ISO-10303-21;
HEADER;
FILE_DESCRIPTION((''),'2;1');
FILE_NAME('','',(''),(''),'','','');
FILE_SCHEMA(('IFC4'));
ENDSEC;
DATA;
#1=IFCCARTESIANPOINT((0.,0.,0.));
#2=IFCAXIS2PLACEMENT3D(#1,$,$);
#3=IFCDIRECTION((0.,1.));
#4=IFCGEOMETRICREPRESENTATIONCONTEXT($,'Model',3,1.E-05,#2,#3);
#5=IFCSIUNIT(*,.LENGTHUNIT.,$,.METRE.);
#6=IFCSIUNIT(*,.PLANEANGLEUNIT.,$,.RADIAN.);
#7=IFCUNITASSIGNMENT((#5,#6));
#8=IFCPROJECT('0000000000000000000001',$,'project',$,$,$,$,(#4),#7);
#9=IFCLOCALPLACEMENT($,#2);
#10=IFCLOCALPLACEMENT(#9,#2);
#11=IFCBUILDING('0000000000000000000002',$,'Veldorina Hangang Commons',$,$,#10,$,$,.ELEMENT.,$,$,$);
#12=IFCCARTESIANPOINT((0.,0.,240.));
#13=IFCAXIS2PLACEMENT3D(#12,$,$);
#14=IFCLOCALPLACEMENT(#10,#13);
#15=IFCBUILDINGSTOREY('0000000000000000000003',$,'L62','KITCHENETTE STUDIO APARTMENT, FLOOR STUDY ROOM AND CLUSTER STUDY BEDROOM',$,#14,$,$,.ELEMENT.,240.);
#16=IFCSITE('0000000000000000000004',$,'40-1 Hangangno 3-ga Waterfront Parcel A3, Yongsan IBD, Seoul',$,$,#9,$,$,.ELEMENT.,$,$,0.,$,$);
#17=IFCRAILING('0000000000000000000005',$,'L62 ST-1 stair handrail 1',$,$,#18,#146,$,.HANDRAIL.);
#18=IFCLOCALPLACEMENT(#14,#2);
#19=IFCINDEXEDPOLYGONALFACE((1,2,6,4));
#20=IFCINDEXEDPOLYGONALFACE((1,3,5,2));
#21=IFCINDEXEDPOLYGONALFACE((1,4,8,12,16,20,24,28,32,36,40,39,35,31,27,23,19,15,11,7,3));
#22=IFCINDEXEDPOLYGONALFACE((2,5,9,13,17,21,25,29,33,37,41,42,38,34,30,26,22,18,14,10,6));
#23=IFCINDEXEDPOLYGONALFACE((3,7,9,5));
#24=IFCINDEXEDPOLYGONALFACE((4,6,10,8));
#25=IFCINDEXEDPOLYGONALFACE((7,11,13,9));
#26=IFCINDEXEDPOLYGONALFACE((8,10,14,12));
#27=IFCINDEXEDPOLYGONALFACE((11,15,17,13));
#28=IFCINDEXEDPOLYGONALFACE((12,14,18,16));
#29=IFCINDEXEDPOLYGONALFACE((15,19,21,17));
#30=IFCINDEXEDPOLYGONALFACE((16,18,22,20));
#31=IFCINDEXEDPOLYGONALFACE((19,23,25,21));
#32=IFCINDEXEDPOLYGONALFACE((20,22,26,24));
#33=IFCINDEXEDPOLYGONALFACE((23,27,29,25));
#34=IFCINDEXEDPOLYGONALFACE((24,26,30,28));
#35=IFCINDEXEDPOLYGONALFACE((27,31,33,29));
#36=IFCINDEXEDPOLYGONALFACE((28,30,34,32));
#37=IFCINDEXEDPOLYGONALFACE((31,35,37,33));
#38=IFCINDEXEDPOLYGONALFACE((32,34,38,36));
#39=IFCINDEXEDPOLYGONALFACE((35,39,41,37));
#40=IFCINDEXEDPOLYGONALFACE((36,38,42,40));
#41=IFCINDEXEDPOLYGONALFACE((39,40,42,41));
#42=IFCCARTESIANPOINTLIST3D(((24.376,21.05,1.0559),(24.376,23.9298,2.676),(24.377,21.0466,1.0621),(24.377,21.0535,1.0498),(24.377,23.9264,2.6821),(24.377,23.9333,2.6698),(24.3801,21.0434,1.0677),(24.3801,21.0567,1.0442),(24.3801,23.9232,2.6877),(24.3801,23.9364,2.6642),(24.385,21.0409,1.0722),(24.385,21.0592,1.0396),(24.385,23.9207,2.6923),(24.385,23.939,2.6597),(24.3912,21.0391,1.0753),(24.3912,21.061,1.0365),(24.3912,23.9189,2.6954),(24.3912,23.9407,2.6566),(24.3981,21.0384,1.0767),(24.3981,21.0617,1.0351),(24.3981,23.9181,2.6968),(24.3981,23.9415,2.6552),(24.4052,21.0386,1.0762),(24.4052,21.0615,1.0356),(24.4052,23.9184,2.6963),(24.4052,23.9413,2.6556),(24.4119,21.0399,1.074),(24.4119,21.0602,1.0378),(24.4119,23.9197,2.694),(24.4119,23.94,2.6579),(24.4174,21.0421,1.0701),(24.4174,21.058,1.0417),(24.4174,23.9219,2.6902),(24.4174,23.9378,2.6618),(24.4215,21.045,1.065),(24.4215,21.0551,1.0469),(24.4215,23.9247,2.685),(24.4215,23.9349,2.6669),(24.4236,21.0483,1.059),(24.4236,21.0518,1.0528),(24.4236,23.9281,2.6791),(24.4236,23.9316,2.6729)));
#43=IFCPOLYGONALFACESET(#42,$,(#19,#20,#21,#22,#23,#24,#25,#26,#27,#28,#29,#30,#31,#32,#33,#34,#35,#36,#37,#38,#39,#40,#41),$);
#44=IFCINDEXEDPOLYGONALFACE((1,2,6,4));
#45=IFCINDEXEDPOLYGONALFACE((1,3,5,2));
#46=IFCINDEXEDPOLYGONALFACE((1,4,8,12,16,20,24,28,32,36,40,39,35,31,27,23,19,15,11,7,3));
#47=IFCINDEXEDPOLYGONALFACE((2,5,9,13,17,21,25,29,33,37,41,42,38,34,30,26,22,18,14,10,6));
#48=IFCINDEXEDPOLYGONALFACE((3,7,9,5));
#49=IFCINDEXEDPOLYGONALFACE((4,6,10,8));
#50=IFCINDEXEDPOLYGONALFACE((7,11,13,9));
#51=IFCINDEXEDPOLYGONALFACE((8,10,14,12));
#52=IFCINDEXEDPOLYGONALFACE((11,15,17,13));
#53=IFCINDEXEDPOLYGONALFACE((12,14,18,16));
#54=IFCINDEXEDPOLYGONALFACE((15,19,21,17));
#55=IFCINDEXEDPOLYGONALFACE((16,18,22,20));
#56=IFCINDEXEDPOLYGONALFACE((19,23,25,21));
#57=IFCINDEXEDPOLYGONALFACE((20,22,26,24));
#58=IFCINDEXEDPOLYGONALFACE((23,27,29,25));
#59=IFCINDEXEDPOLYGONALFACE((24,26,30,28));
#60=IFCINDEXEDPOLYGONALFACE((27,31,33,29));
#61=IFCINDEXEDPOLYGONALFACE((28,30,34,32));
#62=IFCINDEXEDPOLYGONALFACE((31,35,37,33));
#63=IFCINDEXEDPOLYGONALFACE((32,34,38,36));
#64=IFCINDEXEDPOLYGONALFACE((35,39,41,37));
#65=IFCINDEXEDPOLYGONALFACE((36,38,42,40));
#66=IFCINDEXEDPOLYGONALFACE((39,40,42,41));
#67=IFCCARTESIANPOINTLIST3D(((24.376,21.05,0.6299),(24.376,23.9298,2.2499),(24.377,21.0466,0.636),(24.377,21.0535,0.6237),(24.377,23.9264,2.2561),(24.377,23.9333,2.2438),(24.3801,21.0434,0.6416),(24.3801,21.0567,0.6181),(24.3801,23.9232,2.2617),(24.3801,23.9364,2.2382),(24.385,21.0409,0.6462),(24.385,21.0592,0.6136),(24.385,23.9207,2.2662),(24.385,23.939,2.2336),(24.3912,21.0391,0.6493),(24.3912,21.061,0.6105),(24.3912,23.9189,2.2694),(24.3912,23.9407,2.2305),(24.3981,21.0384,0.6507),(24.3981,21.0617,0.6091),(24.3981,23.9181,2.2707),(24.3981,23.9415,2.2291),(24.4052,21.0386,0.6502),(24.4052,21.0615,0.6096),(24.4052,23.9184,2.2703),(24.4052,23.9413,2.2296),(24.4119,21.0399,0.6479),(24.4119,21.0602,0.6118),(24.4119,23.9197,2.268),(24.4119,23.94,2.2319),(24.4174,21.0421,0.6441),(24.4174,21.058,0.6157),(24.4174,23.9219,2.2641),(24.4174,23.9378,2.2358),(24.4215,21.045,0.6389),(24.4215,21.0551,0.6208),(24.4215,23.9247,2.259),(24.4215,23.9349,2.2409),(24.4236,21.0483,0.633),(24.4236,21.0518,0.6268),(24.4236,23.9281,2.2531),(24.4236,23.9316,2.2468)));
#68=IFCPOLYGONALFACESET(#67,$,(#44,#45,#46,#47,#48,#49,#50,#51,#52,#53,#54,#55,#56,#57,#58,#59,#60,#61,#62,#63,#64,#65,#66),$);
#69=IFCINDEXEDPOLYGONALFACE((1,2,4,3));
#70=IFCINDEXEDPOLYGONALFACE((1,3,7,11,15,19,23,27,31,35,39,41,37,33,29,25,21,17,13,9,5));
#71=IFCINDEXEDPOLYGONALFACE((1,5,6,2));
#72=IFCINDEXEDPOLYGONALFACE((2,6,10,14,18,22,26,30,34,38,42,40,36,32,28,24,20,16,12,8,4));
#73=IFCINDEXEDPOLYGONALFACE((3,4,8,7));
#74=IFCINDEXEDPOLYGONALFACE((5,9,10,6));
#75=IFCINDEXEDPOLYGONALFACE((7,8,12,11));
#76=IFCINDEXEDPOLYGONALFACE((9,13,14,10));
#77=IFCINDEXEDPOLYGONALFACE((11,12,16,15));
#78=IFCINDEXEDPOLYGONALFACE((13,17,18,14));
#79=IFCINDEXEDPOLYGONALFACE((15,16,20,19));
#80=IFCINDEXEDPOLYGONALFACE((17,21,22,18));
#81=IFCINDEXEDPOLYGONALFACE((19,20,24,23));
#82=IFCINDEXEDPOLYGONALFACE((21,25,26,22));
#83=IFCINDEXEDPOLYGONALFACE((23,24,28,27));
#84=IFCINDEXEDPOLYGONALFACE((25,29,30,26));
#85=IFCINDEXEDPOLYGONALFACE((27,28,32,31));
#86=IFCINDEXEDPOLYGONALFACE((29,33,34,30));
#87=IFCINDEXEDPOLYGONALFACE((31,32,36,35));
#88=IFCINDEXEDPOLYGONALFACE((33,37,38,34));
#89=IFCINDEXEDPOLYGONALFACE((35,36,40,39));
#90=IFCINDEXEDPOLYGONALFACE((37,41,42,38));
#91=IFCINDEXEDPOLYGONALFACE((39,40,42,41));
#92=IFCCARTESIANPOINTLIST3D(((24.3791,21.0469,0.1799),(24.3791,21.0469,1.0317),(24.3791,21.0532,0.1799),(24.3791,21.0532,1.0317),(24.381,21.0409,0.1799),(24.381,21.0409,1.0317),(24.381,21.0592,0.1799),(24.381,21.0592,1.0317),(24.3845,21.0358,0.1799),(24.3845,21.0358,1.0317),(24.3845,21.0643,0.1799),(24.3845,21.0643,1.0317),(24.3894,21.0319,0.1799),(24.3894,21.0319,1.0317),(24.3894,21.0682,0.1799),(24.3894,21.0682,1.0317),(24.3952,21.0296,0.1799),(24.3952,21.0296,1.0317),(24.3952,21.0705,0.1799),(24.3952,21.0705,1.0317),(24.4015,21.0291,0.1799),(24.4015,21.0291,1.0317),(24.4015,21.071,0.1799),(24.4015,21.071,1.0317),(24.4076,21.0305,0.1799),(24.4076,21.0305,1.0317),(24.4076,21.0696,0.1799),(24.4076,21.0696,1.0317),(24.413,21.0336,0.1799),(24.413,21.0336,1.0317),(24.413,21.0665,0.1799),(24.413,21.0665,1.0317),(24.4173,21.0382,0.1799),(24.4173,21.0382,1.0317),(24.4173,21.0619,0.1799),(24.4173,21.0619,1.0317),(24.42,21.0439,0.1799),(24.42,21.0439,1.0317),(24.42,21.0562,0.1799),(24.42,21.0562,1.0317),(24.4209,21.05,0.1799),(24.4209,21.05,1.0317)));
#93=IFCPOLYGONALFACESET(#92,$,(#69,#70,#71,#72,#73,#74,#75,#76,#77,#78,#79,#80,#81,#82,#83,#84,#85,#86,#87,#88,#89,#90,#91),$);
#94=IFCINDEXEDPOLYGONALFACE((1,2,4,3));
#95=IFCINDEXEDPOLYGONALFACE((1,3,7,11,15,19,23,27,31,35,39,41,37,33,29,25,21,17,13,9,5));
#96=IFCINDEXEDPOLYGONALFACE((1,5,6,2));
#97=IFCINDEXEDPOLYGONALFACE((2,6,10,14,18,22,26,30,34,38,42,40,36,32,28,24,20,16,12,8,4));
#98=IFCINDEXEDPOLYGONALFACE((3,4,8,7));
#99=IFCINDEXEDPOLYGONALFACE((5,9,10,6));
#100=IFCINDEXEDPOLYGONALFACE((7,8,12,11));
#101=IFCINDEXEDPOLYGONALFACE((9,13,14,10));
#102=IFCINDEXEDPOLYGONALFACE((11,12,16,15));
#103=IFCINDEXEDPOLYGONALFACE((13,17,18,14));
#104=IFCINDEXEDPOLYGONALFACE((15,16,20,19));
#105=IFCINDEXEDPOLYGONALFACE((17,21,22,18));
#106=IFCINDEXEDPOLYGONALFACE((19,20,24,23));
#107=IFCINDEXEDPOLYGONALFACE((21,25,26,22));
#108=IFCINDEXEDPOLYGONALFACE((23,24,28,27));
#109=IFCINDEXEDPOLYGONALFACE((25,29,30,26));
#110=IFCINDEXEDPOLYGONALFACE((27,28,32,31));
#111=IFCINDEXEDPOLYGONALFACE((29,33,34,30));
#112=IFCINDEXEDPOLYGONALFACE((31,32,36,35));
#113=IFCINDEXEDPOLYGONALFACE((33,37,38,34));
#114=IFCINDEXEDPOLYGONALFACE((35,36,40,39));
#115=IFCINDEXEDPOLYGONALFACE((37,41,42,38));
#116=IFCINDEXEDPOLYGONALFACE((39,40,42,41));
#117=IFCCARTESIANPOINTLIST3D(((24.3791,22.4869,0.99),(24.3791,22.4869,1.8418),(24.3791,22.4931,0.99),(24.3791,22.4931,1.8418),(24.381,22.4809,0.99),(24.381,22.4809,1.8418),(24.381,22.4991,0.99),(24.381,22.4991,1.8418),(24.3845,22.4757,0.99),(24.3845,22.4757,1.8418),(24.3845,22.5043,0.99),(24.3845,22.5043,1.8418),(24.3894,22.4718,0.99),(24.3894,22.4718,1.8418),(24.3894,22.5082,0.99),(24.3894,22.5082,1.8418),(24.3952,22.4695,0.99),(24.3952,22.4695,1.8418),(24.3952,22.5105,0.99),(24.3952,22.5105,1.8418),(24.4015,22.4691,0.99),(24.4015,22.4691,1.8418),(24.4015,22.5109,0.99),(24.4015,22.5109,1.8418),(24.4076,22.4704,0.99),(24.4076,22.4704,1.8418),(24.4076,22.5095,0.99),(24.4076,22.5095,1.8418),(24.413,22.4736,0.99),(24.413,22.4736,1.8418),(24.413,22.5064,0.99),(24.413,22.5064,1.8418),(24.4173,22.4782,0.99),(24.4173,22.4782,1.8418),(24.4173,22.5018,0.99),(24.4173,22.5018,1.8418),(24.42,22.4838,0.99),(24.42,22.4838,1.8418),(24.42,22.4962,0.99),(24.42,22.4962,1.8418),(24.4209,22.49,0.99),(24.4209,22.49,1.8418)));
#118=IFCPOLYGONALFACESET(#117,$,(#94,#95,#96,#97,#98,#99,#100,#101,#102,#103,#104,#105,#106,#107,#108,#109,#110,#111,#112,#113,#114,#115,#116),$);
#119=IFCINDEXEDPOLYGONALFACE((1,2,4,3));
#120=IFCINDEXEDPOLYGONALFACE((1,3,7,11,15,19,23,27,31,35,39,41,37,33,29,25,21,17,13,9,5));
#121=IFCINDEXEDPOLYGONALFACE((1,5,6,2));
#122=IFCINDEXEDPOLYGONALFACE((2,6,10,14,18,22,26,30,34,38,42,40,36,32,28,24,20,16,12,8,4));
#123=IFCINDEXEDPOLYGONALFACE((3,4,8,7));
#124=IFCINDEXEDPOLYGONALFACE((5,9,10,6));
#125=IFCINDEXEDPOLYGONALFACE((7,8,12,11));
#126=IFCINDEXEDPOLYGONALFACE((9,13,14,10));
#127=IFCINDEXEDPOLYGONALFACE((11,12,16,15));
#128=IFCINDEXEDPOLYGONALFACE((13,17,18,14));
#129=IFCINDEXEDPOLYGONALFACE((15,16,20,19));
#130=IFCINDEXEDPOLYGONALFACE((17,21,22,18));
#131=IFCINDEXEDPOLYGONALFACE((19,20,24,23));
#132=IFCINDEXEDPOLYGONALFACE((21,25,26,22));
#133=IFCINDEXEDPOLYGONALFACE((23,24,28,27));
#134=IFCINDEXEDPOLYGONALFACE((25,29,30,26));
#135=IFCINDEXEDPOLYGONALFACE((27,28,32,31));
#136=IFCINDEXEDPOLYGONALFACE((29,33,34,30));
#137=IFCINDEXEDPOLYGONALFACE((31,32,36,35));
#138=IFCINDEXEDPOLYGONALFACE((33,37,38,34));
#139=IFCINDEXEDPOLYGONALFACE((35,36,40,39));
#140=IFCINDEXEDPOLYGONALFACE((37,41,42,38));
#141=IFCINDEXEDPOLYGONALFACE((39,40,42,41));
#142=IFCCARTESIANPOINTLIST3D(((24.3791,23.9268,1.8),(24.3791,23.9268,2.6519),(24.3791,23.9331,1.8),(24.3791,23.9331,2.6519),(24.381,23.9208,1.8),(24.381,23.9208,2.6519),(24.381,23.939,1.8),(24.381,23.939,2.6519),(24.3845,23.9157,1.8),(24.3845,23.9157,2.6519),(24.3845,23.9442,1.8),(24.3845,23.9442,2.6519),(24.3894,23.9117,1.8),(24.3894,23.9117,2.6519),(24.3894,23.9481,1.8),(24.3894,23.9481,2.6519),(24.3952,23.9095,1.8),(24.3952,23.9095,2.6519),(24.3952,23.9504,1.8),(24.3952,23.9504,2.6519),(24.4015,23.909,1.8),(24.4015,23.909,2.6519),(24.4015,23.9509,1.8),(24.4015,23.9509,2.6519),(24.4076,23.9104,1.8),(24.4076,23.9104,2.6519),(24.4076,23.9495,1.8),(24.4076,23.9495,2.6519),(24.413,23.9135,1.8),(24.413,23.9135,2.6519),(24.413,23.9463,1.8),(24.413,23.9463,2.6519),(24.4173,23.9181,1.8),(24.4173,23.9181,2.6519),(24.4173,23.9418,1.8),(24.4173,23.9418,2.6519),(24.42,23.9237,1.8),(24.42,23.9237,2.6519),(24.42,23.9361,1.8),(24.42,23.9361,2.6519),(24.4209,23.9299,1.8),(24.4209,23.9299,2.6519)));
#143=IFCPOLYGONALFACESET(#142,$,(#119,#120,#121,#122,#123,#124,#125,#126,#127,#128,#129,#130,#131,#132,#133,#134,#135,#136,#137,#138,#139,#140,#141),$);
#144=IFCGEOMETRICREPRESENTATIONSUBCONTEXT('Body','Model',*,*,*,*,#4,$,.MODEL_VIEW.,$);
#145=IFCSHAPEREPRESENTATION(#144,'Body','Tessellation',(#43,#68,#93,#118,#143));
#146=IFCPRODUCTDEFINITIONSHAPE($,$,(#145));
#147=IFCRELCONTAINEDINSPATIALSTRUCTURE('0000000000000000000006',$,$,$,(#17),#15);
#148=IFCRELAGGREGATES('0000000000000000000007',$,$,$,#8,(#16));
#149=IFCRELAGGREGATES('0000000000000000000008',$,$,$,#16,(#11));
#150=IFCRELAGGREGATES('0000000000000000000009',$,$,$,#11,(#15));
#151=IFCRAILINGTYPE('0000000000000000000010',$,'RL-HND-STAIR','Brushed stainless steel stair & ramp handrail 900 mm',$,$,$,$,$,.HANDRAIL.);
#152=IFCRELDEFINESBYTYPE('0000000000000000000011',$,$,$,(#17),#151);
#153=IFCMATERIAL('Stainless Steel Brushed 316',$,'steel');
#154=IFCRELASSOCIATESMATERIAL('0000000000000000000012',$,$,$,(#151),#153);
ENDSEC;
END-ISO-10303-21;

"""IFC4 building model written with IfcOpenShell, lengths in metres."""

from ifc_helpers import new_model, si_unit, direction, frame, origin, origin_2d, place, context, subcontext, project, spatial, circle, extrude, material, type_object, element, save


model = new_model("IFC4")

# Units and contexts
model_context = context("Model", 3, precision=1e-05, world=origin(), true_north=direction((0.0, 1.0)))
body_context = subcontext(model_context, "Body", "Model", "MODEL_VIEW")
ifc_project = project(units=[si_unit("LENGTHUNIT", "METRE"), si_unit("PLANEANGLEUNIT", "RADIAN")], contexts=[model_context])

# Site, building, storey
site_placement = place(None, origin())
site = spatial("IfcSite", under=ifc_project, at=site_placement, Name="40-1 Hangangno 3-ga Waterfront Parcel A3, Yongsan IBD, Seoul", CompositionType="ELEMENT", RefElevation=0.0)
building_placement = place(site_placement, origin())
building = spatial("IfcBuilding", under=site, at=building_placement, Name="Veldorina Hangang Commons", CompositionType="ELEMENT")
storey_placement = place(building_placement, frame((0.0, 0.0, 240.0)))
storey = spatial("IfcBuildingStorey", under=building, at=storey_placement, Name="L62", Description="KITCHENETTE STUDIO APARTMENT, FLOOR STUDY ROOM AND CLUSTER STUDY BEDROOM", CompositionType="ELEMENT", Elevation=240.0)

# Railing
ifc_material_1 = material(Name="Stainless Steel Brushed 316", Category="steel")
railing_type = type_object("IfcRailingType", Name="RL-HND-STAIR", Description="Brushed stainless steel stair & ramp handrail 900 mm", PredefinedType="HANDRAIL", material=ifc_material_1)
railing_placement = place(storey_placement, frame((24.3999, 21.05, 0.1799)))
element("IfcRailing", 1, at=railing_placement, inside=storey, type_object=railing_type, Name="L62 ST-1 stair handrail 1", PredefinedType="HANDRAIL", context=body_context, shape_type="SweptSolid", body=[
    extrude(circle(Radius=0.0239, at=origin_2d()), frame((0.0, 0.0, 0.876), z_axis=(0.0, 0.871552, 0.490303), x_axis=(-1.0, 0.0, 0.0)), (0.0, 0.0, 1.0), 3.3042),
    extrude(circle(Radius=0.0239, at=origin_2d()), frame((0.0, 0.0, 0.45), z_axis=(0.0, 0.871552, 0.490303), x_axis=(-1.0, 0.0, 0.0)), (0.0, 0.0, 1.0), 3.3042),
    extrude(circle(Radius=0.021, at=origin_2d()), origin(), (0.0, 0.0, 1.0), 0.8518),
    extrude(circle(Radius=0.021, at=origin_2d()), frame((0.0, 1.4399, 0.8101)), (0.0, 0.0, 1.0), 0.8518),
    extrude(circle(Radius=0.021, at=origin_2d()), frame((0.0, 2.8799, 1.6201)), (0.0, 0.0, 1.0), 0.8518),
])

save(model, "model.ifc")
